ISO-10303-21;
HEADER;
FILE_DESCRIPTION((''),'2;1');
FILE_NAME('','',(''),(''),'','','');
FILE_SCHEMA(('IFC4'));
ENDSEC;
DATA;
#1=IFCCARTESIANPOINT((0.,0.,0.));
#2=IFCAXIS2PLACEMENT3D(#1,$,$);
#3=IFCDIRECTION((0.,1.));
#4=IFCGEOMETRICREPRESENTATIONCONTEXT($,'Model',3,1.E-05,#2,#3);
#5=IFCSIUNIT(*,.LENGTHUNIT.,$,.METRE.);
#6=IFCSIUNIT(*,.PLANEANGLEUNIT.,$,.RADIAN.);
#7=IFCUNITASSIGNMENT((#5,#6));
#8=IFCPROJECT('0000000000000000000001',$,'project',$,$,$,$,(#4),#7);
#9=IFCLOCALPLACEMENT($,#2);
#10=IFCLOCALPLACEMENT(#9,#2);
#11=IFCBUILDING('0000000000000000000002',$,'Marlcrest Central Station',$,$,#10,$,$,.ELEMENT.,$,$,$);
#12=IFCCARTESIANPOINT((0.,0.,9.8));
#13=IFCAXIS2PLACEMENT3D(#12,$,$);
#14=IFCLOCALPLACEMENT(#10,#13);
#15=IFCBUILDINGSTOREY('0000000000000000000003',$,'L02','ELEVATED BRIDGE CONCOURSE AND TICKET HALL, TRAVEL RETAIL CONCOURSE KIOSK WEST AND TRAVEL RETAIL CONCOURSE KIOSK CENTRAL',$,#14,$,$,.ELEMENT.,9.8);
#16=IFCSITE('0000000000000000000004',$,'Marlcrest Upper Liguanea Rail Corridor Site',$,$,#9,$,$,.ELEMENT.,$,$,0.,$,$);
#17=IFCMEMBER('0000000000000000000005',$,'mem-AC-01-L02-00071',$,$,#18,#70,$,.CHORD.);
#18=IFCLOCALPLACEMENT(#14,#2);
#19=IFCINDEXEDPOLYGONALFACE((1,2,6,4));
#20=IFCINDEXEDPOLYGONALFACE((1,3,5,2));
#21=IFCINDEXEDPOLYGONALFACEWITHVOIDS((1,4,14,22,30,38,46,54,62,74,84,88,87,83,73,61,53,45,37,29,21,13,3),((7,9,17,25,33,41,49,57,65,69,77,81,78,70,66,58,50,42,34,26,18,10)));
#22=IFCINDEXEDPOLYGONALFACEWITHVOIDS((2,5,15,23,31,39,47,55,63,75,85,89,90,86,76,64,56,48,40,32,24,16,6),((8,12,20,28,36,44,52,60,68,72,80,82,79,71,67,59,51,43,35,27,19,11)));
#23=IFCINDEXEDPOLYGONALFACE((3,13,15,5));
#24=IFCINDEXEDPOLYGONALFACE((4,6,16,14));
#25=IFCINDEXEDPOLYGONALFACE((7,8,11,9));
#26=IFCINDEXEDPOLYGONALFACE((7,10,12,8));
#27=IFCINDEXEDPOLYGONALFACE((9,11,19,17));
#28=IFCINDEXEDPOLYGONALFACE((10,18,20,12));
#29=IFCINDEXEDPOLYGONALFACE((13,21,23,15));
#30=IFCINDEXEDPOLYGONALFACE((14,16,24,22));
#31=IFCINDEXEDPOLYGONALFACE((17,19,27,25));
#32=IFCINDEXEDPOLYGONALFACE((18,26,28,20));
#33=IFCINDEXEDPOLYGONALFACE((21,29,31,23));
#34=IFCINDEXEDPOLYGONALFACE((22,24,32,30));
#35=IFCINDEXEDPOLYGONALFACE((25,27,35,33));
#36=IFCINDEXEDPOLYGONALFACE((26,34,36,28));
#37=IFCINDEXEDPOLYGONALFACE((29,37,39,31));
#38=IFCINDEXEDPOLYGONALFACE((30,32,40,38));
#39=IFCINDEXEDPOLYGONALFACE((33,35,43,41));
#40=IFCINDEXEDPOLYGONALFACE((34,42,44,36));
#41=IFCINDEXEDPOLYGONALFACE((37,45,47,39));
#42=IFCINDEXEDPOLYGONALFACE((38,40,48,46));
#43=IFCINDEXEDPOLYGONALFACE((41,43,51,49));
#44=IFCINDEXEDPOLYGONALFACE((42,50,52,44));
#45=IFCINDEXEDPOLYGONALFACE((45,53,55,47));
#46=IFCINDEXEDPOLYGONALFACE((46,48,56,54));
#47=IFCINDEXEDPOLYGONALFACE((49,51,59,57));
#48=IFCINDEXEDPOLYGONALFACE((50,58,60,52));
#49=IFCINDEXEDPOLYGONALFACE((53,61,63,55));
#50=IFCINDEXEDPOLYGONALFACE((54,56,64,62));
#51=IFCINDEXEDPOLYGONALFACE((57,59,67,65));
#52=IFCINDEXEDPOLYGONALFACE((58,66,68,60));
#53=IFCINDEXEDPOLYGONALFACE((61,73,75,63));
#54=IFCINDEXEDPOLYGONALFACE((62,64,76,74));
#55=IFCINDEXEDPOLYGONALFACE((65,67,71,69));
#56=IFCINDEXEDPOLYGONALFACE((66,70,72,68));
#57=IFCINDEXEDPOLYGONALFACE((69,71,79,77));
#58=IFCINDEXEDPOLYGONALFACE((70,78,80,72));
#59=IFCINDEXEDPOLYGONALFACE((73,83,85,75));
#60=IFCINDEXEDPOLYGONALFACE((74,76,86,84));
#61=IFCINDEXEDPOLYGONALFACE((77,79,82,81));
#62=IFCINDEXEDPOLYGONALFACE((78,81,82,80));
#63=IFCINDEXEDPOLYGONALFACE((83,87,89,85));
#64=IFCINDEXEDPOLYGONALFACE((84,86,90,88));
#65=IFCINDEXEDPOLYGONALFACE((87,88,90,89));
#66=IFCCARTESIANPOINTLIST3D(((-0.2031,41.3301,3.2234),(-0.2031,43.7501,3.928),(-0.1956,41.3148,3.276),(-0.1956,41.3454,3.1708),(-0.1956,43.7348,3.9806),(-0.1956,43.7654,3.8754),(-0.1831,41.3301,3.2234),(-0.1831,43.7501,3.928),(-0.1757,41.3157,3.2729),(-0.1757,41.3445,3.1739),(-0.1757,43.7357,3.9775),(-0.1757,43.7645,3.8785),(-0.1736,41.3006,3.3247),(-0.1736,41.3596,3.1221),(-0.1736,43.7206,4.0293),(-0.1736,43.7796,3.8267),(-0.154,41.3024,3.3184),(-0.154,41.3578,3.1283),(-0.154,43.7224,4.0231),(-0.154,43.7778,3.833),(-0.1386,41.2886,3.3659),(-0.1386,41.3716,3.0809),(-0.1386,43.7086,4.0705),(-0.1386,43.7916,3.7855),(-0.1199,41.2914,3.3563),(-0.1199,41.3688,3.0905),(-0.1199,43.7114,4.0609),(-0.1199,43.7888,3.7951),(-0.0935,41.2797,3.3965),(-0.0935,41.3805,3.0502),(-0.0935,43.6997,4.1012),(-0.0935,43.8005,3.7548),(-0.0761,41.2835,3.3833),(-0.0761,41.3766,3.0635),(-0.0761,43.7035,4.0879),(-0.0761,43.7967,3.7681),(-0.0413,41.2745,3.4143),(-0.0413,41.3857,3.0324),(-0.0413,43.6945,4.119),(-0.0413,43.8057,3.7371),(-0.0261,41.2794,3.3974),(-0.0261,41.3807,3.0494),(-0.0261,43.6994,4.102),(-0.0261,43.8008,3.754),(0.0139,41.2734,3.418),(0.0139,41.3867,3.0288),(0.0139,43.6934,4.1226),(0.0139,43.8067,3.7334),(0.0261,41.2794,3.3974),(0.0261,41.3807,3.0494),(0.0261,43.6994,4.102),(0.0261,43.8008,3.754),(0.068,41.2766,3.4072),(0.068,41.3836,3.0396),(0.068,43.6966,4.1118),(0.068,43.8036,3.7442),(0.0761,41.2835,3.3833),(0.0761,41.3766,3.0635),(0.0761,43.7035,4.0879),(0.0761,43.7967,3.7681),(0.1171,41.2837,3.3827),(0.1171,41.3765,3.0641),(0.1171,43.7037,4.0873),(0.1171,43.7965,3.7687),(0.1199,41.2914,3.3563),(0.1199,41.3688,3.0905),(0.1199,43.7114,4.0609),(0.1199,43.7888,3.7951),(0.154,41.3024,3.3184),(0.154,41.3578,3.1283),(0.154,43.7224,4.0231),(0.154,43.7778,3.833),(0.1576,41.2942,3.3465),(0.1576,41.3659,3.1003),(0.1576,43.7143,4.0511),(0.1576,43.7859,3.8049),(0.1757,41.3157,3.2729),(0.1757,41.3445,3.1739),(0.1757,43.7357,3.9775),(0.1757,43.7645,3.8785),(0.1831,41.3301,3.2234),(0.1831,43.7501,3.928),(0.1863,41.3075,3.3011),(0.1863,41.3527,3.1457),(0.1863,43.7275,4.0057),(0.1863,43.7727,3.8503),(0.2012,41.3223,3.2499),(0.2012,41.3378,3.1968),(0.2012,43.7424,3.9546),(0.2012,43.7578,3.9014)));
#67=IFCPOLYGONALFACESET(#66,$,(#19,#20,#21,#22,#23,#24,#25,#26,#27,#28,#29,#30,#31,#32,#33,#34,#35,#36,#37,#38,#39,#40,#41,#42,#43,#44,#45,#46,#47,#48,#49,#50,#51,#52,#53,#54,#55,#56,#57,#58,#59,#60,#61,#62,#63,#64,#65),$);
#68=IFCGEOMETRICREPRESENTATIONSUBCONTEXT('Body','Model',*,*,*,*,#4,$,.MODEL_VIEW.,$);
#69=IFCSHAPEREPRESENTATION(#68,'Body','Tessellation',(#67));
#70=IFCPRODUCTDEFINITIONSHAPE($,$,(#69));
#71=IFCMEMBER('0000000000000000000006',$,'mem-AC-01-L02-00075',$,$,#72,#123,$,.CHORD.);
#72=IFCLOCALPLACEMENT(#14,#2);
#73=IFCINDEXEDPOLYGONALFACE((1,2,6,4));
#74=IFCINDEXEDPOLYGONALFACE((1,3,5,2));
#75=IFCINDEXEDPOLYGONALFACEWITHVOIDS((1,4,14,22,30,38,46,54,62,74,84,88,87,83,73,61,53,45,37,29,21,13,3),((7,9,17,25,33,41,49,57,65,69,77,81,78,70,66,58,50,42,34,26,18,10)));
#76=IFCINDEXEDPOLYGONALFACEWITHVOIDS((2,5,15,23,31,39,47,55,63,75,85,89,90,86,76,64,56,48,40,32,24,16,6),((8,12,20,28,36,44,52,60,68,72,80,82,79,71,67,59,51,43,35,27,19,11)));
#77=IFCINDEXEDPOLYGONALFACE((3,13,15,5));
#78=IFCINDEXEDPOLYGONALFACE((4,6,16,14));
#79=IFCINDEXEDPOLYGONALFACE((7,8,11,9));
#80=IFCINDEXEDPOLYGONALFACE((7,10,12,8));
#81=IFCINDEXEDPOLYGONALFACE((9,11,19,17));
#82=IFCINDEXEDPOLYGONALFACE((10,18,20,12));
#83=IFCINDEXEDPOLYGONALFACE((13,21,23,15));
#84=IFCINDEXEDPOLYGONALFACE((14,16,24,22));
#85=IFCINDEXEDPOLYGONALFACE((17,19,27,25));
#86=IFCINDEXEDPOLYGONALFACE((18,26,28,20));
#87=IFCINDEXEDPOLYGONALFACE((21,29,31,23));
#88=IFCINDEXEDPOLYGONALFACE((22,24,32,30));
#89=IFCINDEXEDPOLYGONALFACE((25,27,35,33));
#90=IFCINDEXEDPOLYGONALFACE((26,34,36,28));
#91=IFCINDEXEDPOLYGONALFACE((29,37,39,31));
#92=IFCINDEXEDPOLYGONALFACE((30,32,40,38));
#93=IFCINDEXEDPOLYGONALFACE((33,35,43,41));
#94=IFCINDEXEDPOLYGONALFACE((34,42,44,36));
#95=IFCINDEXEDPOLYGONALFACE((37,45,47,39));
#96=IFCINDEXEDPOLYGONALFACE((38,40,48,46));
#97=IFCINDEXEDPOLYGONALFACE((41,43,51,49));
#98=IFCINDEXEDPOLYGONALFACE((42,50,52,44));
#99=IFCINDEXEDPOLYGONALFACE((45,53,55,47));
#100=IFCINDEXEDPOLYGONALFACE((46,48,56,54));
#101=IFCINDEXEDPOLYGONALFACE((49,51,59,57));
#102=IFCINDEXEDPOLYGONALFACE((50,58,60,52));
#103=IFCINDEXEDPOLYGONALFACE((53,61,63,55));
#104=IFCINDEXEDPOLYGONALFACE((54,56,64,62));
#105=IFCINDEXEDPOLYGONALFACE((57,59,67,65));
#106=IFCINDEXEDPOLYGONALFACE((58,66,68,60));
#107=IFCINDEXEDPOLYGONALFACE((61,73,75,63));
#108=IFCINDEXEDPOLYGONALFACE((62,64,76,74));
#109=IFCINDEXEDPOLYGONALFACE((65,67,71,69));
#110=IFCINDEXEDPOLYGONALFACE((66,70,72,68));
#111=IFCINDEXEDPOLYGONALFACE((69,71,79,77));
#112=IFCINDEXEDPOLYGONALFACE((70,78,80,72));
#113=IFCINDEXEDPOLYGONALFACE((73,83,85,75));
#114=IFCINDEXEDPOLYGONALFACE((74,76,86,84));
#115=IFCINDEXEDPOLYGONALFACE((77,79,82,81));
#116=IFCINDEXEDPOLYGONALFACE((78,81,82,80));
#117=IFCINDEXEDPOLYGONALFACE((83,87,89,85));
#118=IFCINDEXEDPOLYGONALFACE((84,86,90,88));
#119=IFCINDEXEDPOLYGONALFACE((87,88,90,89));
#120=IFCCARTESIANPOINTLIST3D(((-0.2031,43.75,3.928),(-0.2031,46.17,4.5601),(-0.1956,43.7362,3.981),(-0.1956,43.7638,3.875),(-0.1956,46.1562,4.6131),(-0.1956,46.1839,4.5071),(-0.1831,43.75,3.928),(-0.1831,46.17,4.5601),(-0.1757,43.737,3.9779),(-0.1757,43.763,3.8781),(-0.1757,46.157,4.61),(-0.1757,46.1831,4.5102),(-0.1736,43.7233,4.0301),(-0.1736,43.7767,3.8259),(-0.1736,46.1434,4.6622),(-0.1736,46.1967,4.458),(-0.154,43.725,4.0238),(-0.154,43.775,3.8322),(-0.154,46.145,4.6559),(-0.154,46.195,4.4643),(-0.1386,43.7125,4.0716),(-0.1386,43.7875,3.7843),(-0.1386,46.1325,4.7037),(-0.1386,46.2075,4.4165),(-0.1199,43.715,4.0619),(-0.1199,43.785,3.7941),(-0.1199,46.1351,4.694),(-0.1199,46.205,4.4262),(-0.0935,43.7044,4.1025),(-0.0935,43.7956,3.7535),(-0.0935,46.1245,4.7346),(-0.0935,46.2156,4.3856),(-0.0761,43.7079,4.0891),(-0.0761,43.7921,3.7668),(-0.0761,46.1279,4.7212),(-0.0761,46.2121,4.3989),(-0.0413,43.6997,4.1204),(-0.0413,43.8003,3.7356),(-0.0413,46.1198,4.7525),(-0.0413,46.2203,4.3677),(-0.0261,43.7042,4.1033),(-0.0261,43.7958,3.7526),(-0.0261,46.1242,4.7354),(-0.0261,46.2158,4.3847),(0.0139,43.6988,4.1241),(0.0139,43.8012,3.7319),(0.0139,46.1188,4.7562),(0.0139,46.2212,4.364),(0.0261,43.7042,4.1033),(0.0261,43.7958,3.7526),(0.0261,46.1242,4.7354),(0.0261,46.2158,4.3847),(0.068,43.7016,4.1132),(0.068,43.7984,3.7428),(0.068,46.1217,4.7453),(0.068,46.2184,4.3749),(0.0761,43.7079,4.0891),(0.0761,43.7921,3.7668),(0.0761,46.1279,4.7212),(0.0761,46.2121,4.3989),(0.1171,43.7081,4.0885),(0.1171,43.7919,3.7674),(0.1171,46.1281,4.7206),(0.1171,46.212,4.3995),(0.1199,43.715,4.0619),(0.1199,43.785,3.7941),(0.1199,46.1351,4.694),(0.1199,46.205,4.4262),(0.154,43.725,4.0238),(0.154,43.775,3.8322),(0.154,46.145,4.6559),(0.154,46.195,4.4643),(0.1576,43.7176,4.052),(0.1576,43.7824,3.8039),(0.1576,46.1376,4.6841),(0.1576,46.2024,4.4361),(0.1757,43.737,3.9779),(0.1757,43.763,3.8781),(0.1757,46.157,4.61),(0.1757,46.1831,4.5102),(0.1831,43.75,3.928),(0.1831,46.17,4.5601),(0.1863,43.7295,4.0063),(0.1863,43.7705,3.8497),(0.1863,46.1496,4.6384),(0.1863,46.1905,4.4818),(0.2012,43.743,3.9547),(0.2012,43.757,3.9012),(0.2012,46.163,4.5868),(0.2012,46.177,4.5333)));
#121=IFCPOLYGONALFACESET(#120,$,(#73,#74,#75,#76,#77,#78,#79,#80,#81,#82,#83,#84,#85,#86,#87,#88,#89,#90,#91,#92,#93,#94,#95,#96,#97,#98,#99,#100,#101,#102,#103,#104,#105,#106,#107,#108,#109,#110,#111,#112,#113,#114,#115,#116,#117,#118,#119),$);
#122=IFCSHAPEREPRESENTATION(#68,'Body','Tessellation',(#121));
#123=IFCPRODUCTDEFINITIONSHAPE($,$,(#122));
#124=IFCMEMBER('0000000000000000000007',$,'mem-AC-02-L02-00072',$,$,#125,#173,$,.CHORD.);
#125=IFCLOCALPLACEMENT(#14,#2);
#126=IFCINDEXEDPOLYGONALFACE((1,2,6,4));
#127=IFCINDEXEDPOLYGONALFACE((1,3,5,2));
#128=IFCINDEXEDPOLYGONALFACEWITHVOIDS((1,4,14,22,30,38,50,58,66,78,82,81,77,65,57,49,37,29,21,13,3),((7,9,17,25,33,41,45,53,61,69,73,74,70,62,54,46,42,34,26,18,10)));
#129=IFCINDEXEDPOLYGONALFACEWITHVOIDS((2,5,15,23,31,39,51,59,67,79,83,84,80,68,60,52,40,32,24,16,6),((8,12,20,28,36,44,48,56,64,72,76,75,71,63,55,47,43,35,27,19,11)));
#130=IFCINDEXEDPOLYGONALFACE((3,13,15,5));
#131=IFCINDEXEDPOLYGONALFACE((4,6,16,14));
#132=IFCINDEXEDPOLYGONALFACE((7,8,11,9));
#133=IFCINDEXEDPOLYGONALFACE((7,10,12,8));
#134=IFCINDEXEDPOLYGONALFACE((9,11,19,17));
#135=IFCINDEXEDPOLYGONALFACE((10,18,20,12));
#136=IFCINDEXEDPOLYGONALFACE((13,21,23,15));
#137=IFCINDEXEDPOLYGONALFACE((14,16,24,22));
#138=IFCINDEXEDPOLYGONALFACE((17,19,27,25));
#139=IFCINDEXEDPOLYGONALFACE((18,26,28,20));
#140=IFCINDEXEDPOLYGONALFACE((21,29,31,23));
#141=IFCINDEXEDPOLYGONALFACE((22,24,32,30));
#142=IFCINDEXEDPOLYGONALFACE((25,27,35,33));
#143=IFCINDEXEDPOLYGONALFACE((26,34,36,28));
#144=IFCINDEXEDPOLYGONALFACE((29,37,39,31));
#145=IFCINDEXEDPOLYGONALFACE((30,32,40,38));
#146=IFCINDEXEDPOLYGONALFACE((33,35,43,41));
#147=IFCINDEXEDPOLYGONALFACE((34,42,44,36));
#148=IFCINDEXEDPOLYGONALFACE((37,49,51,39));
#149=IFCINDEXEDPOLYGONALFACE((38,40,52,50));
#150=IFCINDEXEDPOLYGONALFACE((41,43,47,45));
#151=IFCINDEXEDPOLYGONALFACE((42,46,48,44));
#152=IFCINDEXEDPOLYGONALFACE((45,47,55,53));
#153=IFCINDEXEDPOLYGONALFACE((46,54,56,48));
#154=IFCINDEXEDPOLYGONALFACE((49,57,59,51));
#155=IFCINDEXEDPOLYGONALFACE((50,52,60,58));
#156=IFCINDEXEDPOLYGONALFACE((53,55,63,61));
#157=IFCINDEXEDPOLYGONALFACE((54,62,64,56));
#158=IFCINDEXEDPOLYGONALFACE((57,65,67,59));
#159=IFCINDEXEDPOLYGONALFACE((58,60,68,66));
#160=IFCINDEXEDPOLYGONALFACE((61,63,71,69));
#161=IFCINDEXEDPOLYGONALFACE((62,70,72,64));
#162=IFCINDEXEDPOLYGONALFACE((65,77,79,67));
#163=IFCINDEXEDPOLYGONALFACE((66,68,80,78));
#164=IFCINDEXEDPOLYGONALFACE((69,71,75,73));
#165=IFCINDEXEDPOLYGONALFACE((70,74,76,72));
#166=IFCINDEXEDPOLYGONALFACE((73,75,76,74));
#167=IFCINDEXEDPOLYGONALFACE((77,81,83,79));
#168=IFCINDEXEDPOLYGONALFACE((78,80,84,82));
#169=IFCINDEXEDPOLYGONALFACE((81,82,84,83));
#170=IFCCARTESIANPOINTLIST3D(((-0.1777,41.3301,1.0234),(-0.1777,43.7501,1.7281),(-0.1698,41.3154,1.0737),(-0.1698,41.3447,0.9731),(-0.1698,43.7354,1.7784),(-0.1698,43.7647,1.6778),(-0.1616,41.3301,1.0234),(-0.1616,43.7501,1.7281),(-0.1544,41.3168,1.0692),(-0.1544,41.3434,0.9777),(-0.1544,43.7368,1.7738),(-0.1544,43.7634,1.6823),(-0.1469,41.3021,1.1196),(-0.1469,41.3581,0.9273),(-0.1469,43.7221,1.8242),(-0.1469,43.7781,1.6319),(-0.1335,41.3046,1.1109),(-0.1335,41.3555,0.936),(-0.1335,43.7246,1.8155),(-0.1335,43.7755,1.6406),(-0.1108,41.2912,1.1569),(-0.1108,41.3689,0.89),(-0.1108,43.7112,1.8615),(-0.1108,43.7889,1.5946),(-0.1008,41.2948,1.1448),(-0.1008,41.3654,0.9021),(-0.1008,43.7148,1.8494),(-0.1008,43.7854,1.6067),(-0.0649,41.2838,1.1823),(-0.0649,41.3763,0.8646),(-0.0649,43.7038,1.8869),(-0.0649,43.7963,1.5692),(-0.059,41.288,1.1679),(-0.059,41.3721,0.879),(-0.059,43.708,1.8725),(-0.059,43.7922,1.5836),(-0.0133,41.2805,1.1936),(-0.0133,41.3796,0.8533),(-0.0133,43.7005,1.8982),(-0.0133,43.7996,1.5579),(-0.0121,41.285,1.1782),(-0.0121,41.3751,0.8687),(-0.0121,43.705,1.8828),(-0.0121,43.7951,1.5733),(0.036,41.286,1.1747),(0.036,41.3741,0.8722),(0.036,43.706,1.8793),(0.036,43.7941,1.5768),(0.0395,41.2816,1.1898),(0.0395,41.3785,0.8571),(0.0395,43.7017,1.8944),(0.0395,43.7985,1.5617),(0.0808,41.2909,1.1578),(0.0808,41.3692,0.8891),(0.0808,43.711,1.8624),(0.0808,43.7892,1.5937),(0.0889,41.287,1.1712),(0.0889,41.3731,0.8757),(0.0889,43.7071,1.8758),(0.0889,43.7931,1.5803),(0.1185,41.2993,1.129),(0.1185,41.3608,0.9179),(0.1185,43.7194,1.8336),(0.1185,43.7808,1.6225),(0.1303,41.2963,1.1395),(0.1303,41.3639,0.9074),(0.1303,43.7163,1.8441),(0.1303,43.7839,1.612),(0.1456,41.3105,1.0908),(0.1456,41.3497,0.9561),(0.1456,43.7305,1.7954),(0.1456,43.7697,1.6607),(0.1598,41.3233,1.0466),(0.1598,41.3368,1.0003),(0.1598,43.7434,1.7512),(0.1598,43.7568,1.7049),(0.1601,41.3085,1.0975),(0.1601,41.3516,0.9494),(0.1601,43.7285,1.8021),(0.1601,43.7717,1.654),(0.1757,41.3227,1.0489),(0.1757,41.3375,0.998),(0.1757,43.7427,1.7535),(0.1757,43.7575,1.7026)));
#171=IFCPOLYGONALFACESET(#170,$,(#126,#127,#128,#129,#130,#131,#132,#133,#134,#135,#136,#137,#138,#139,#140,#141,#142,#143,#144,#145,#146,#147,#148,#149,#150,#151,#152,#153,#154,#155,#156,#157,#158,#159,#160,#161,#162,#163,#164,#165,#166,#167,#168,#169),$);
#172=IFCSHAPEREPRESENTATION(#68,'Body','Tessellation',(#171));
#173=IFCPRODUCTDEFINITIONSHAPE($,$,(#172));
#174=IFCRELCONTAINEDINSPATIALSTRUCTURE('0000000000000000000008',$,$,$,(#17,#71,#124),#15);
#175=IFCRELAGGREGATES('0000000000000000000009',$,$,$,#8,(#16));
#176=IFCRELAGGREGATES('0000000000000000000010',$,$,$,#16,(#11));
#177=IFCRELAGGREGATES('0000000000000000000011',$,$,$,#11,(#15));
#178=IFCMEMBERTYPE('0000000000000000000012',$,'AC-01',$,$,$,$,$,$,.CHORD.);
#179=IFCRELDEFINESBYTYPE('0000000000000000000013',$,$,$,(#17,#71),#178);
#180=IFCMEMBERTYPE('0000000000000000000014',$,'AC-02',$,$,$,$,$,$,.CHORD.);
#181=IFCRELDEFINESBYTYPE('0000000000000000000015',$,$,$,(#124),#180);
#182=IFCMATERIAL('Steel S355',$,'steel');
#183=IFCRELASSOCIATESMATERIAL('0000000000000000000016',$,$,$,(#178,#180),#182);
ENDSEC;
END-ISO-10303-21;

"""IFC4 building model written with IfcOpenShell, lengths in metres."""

from ifc_helpers import new_model, si_unit, direction, frame, origin, origin_2d, place, context, subcontext, project, spatial, hollow_circle, extrude, material, material_profile, profile_set, type_object, element, save


model = new_model("IFC4")

# Units and contexts
model_context = context("Model", 3, precision=1e-05, world=origin(), true_north=direction((0.0, 1.0)))
body_context = subcontext(model_context, "Body", "Model", "MODEL_VIEW")
ifc_project = project(units=[si_unit("LENGTHUNIT", "METRE"), si_unit("PLANEANGLEUNIT", "RADIAN")], contexts=[model_context])

# Site, building, storey
site_placement = place(None, origin())
site = spatial("IfcSite", under=ifc_project, at=site_placement, Name="Marlcrest Upper Liguanea Rail Corridor Site", CompositionType="ELEMENT", RefElevation=0.0)
building_placement = place(site_placement, origin())
building = spatial("IfcBuilding", under=site, at=building_placement, Name="Marlcrest Central Station", CompositionType="ELEMENT")
storey_placement = place(building_placement, frame((0.0, 0.0, 9.8)))
storey = spatial("IfcBuildingStorey", under=building, at=storey_placement, Name="L02", Description="ELEVATED BRIDGE CONCOURSE AND TICKET HALL, TRAVEL RETAIL CONCOURSE KIOSK WEST AND TRAVEL RETAIL CONCOURSE KIOSK CENTRAL", CompositionType="ELEMENT", Elevation=9.8)

# Members
ifc_material = material(Name="Steel S355", Category="steel")
ifc_material_profile_1 = material_profile(ifc_material, hollow_circle(Radius=0.2031, WallThickness=0.02, at=origin_2d()), Name="CHS 406.4x20")
ifc_profile_set_1 = profile_set([ifc_material_profile_1], Name="Steel S355")
member_type_1 = type_object("IfcMemberType", Name="AC-01", PredefinedType="CHORD", material=ifc_profile_set_1)
member_1_placement = place(storey_placement, frame((0.0, 41.3301, 3.2234), z_axis=(0.0, 0.96013, 0.279554), x_axis=(-1.0, 0.0, 0.0)))
element("IfcMember", 1, at=member_1_placement, inside=storey, type_object=member_type_1, Name="mem-AC-01-L02-00071", PredefinedType="CHORD", context=body_context, shape_type="SweptSolid", body=[
    extrude(hollow_circle(Radius=0.2031, WallThickness=0.02, at=origin_2d()), origin(), (0.0, 0.0, 1.0), 2.5205),
])
member_2_placement = place(storey_placement, frame((0.0, 43.75, 3.928), z_axis=(0.0, 0.967539, 0.25272), x_axis=(-1.0, 0.0, 0.0)))
element("IfcMember", 2, at=member_2_placement, inside=storey, type_object=member_type_1, Name="mem-AC-01-L02-00075", PredefinedType="CHORD", context=body_context, shape_type="SweptSolid", body=[
    extrude(hollow_circle(Radius=0.2031, WallThickness=0.02, at=origin_2d()), origin(), (0.0, 0.0, 1.0), 2.5012),
])
ifc_material_profile_2 = material_profile(ifc_material, hollow_circle(Radius=0.1777, WallThickness=0.0161, at=origin_2d()), Name="CHS 355.6x16")
ifc_profile_set_2 = profile_set([ifc_material_profile_2], Name="Steel S355")
member_type_2 = type_object("IfcMemberType", Name="AC-02", PredefinedType="CHORD", material=ifc_profile_set_2)
member_3_placement = place(storey_placement, frame((0.0, 41.3301, 1.0234), z_axis=(0.0, 0.96013, 0.279554), x_axis=(-1.0, 0.0, 0.0)))
element("IfcMember", 3, at=member_3_placement, inside=storey, type_object=member_type_2, Name="mem-AC-02-L02-00072", PredefinedType="CHORD", context=body_context, shape_type="SweptSolid", body=[
    extrude(hollow_circle(Radius=0.1777, WallThickness=0.0161, at=origin_2d()), origin(), (0.0, 0.0, 1.0), 2.5205),
])

save(model, "model.ifc")
